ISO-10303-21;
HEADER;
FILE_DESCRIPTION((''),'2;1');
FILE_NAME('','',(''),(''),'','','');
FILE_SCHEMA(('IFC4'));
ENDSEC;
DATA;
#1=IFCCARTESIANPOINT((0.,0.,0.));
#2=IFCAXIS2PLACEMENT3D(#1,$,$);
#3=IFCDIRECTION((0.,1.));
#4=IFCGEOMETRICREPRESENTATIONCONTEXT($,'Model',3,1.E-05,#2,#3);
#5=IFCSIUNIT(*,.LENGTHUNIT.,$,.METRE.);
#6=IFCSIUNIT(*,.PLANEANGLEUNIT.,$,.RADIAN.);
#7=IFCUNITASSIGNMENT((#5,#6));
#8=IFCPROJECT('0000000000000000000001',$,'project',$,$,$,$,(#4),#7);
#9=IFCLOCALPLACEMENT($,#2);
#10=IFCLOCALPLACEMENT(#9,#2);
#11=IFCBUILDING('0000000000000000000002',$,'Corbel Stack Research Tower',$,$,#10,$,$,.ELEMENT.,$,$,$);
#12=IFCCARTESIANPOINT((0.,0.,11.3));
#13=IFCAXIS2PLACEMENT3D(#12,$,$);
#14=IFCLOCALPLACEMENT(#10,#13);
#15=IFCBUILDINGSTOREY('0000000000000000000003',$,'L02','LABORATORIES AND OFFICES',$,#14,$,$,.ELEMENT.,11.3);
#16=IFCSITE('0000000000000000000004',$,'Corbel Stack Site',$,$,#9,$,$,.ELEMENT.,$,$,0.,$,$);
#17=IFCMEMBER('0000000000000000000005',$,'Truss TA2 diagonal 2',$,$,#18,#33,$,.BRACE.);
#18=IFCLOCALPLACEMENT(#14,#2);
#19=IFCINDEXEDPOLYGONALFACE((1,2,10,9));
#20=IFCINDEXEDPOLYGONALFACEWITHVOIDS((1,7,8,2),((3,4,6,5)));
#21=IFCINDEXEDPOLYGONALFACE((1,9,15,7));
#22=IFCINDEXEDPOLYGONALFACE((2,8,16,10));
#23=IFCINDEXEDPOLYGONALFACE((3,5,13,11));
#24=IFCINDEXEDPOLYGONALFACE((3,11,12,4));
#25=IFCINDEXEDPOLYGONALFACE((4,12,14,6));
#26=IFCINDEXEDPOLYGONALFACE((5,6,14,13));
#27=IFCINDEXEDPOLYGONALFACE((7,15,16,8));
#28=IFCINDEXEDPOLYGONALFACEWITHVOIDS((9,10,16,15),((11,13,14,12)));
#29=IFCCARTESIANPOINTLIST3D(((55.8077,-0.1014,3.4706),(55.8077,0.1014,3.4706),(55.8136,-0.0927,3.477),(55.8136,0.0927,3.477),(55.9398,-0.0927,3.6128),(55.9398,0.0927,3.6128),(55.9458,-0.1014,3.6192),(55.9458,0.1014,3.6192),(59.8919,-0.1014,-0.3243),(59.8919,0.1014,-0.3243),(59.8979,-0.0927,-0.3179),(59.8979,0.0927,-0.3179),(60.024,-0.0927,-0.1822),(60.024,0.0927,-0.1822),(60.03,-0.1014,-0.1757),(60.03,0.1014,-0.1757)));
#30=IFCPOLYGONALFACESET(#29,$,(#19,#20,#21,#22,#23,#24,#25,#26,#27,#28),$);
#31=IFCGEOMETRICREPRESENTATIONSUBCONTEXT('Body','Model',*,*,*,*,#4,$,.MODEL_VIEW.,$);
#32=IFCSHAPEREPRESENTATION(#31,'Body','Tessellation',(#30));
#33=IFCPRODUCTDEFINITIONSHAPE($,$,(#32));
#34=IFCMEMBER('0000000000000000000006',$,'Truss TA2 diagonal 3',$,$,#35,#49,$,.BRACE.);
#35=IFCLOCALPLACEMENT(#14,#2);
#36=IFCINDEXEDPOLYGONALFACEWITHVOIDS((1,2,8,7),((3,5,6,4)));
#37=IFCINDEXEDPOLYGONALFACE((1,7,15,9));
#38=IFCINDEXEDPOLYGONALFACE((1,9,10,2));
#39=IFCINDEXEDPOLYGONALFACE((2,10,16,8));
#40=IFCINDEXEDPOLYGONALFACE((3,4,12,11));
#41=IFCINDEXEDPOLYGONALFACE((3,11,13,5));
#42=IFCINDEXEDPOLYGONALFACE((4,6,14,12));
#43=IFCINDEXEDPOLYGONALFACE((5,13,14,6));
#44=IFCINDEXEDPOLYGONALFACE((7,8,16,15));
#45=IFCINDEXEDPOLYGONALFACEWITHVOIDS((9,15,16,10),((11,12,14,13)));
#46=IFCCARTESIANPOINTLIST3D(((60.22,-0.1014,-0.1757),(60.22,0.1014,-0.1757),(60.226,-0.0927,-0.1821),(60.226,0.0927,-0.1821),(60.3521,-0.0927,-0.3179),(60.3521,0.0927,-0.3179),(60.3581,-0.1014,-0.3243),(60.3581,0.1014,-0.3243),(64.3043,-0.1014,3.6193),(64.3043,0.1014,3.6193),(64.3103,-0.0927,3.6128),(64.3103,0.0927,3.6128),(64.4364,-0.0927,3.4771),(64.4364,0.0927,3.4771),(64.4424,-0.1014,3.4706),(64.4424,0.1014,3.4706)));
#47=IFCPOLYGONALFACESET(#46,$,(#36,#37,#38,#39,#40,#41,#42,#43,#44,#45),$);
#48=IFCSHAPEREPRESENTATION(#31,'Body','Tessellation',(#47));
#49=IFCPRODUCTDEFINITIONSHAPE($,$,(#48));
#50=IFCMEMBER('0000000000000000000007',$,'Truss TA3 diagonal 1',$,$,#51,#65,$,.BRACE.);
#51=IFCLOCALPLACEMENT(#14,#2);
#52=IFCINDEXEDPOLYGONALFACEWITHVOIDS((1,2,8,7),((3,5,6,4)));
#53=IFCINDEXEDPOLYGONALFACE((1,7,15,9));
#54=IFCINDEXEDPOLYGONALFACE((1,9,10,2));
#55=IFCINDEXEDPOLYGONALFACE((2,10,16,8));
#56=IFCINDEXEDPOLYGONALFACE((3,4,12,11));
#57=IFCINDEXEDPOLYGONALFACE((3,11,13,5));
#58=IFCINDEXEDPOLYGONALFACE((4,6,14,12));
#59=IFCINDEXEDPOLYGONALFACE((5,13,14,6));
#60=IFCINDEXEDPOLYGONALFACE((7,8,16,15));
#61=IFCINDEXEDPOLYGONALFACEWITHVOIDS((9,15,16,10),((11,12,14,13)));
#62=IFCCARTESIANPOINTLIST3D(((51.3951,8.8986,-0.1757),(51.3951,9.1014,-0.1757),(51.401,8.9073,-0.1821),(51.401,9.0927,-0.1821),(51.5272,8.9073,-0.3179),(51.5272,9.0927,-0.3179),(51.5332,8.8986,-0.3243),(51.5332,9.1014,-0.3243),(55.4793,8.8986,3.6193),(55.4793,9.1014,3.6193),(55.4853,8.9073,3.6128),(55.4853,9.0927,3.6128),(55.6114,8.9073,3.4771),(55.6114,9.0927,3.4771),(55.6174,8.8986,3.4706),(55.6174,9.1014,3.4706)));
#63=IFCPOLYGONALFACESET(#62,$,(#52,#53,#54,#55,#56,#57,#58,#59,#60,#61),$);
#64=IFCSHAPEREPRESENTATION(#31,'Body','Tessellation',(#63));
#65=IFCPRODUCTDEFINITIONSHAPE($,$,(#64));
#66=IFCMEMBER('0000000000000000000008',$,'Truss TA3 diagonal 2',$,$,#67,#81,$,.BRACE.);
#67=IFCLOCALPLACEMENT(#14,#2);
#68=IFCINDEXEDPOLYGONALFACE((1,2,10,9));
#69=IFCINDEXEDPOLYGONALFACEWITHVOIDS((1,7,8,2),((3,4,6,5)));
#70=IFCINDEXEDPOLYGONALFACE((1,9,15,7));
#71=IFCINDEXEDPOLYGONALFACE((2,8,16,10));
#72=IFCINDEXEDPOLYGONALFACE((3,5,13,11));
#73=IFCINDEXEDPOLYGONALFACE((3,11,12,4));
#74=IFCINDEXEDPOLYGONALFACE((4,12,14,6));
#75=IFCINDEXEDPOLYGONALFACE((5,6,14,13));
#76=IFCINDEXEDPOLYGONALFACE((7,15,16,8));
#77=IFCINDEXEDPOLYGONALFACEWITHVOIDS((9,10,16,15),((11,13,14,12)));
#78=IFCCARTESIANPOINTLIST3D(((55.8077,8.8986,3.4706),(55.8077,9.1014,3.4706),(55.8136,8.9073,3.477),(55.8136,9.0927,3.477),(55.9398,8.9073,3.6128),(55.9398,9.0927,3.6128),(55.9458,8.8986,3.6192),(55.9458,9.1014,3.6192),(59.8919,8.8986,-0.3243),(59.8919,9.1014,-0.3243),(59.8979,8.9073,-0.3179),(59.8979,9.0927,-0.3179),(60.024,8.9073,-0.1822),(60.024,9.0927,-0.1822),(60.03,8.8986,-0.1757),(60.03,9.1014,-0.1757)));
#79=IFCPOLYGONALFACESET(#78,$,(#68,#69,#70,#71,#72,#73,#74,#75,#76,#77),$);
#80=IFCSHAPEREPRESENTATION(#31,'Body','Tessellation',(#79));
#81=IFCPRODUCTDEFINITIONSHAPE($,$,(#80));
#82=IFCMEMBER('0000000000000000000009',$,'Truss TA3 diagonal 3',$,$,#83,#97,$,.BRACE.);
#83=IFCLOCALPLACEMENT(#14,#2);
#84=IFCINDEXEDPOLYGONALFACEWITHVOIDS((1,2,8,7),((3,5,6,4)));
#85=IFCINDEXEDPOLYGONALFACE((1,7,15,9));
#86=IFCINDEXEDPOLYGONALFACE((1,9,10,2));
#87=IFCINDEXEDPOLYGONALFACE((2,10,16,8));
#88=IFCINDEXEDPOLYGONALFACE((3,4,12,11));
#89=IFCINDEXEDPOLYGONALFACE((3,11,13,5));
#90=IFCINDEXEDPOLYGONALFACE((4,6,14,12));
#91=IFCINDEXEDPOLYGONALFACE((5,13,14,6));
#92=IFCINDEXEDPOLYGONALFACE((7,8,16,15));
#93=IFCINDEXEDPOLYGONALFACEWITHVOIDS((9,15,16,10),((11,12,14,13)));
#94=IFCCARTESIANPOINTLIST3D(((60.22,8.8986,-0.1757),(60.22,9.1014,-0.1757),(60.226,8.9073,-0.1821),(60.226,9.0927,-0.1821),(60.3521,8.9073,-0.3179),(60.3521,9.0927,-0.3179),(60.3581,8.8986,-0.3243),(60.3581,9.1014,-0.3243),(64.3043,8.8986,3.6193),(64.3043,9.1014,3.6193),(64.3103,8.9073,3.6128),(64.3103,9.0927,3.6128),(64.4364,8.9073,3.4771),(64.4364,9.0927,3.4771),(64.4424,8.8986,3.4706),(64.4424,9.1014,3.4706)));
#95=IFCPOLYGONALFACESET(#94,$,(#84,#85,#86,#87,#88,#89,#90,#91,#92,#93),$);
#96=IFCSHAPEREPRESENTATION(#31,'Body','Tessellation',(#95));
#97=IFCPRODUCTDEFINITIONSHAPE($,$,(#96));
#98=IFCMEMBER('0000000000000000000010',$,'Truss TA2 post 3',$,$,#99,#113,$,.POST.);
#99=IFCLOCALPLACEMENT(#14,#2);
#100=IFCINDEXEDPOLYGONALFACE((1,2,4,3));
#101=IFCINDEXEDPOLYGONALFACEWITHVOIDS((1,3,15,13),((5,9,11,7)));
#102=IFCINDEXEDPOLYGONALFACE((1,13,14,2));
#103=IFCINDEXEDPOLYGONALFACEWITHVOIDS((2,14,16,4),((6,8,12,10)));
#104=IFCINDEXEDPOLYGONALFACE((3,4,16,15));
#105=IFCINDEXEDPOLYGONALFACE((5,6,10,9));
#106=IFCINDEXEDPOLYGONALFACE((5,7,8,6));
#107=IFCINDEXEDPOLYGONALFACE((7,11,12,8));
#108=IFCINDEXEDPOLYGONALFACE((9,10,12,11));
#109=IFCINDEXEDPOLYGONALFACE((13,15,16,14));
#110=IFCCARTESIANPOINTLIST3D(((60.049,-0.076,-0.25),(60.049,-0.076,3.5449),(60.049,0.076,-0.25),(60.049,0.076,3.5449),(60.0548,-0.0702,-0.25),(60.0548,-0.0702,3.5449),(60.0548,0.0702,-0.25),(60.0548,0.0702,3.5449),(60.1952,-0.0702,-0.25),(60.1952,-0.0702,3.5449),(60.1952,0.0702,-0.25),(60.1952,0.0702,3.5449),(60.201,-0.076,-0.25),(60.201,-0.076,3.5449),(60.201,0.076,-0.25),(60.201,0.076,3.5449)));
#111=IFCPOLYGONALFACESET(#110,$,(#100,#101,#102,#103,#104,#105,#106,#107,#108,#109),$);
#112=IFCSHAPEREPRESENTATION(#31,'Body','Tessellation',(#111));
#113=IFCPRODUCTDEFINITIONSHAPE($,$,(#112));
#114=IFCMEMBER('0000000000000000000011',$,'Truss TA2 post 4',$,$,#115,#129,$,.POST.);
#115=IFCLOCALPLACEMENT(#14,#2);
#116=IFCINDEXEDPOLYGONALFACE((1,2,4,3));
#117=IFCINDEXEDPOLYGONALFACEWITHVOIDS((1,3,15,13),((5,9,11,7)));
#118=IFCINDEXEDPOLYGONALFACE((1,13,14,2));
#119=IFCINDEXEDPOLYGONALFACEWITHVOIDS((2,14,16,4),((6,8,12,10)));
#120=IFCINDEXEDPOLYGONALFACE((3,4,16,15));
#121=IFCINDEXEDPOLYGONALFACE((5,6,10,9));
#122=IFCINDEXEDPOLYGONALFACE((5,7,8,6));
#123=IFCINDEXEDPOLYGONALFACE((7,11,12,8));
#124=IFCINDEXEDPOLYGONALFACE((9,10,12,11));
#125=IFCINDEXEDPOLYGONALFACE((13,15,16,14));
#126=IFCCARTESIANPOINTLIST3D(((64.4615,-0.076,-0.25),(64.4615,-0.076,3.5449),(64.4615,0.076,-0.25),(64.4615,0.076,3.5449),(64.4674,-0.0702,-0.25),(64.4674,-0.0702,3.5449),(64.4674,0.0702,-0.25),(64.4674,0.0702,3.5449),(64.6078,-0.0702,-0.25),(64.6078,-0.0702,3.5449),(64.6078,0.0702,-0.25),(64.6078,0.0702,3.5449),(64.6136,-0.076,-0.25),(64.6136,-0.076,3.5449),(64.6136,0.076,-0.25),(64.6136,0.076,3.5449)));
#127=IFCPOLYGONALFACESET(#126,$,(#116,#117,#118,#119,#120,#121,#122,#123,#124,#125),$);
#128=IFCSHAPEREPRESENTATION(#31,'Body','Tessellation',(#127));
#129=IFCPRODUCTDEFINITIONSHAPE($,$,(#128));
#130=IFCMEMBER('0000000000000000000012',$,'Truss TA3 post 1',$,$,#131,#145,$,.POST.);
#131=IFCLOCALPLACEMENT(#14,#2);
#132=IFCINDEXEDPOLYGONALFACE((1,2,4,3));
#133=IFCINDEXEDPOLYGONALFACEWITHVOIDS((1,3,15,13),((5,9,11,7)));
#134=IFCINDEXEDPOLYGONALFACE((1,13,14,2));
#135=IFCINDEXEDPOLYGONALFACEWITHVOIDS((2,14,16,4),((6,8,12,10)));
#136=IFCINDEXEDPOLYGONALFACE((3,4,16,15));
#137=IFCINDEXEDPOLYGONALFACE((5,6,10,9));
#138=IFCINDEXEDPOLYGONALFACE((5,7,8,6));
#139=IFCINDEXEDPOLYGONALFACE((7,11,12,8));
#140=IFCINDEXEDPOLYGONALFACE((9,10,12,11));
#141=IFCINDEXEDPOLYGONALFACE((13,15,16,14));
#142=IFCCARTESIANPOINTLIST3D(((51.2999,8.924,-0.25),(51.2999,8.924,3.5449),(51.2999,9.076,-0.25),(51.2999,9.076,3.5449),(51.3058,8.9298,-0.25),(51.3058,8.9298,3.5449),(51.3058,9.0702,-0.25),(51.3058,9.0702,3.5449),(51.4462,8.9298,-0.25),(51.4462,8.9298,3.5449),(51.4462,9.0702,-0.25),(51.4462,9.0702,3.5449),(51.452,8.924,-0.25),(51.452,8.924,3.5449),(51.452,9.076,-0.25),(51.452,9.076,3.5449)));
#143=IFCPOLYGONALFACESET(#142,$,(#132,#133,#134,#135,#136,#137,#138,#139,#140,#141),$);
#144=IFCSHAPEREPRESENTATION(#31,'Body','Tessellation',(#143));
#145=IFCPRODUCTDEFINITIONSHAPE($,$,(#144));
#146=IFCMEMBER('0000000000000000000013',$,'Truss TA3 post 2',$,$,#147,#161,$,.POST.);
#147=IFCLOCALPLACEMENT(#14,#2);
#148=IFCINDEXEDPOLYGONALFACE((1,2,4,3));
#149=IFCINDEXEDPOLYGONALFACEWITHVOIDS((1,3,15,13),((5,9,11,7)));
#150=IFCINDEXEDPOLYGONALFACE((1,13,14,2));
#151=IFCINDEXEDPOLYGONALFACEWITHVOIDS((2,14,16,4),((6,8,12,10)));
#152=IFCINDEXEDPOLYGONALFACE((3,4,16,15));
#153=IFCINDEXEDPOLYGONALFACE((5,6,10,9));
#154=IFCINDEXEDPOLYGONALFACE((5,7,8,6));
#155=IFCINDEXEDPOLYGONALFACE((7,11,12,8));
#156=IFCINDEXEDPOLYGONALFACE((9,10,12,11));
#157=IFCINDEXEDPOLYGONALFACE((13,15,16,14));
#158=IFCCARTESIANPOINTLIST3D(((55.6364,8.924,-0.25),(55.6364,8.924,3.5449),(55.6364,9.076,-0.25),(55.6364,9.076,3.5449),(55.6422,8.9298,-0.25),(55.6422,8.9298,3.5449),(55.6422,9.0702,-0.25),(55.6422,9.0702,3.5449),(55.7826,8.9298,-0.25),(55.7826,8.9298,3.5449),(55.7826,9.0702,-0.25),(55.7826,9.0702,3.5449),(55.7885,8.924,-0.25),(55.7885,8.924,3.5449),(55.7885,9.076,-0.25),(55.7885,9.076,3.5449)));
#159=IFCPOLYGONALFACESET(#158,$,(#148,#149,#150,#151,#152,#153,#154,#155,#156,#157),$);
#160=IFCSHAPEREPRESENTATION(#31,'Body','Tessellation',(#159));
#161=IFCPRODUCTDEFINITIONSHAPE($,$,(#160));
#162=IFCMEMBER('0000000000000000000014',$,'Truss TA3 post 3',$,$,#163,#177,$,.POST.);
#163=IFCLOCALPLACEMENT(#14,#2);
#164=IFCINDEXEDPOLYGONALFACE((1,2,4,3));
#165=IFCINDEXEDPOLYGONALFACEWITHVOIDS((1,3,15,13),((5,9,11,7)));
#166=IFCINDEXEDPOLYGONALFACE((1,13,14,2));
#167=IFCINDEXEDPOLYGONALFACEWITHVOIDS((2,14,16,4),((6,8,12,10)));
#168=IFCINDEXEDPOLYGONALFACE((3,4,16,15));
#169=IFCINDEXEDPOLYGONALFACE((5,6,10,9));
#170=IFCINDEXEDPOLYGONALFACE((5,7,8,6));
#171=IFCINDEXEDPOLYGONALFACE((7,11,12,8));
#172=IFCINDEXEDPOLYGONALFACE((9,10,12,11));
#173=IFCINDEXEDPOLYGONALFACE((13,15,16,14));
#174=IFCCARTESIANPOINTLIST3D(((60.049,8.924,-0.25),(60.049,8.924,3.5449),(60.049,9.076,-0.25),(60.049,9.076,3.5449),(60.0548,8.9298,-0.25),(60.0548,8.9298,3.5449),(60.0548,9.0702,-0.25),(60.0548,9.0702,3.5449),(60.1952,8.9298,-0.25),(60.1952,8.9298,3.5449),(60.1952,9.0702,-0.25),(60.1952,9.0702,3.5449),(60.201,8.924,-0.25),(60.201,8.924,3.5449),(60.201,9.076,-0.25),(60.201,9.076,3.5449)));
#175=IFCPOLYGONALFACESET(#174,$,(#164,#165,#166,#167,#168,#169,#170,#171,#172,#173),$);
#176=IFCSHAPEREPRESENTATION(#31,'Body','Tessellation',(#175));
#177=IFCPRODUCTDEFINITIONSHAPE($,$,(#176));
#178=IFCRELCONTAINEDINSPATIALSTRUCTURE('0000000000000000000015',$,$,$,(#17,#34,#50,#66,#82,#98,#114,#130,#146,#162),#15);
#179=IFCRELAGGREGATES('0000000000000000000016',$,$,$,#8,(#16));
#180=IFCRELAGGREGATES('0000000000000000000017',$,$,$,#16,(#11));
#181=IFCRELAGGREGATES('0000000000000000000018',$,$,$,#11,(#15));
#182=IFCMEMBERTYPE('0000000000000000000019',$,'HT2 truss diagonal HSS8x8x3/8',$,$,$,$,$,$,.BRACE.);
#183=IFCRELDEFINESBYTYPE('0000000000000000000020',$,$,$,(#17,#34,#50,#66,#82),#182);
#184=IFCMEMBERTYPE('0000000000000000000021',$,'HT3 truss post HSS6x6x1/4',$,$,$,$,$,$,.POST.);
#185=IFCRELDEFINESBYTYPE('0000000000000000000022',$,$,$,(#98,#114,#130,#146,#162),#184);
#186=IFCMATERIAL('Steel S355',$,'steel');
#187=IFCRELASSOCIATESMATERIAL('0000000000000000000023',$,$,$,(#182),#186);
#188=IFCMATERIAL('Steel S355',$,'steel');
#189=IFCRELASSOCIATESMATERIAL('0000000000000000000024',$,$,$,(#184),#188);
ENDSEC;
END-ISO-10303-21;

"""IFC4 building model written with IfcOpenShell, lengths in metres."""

from ifc_helpers import new_model, si_unit, direction, frame, origin, origin_2d, place, context, subcontext, project, spatial, hollow_rectangle, extrude, material, material_profile, profile_set, type_object, element, save


model = new_model("IFC4")

# Units and contexts
model_context = context("Model", 3, precision=1e-05, world=origin(), true_north=direction((0.0, 1.0)))
body_context = subcontext(model_context, "Body", "Model", "MODEL_VIEW")
ifc_project = project(units=[si_unit("LENGTHUNIT", "METRE"), si_unit("PLANEANGLEUNIT", "RADIAN")], contexts=[model_context])

# Site, building, storey
site_placement = place(None, origin())
site = spatial("IfcSite", under=ifc_project, at=site_placement, Name="Corbel Stack Site", CompositionType="ELEMENT", RefElevation=0.0)
building_placement = place(site_placement, origin())
building = spatial("IfcBuilding", under=site, at=building_placement, Name="Corbel Stack Research Tower", CompositionType="ELEMENT")
storey_placement = place(building_placement, frame((0.0, 0.0, 11.3)))
storey = spatial("IfcBuildingStorey", under=building, at=storey_placement, Name="L02", Description="LABORATORIES AND OFFICES", CompositionType="ELEMENT", Elevation=11.3)

# Members
ifc_material_1 = material(Name="Steel S355", Category="steel")
ifc_material_profile_1 = material_profile(ifc_material_1, hollow_rectangle(XDim=0.2029, YDim=0.2029, WallThickness=0.0088, at=origin_2d()), Name="HSS8x8x3/8")
ifc_profile_set_1 = profile_set([ifc_material_profile_1], Name="Steel S355")
member_type_1 = type_object("IfcMemberType", Name="HT2 truss diagonal HSS8x8x3/8", PredefinedType="BRACE", material=ifc_profile_set_1)
for number, where, z_axis, x_axis, name in (
    (1, (55.8767, 0.0, 3.5449), (0.732577, 0.0, -0.680685), (0.0, 1.0, 0.0), "Truss TA2 diagonal 2"),
    (2, (60.2891, 0.0, -0.25), (0.732577, 0.0, 0.680685), (0.0, 1.0, 0.0), "Truss TA2 diagonal 3"),
    (3, (51.4641, 9.0, -0.25), (0.732577, 0.0, 0.680685), (0.0, 1.0, 0.0), "Truss TA3 diagonal 1"),
    (4, (55.8767, 9.0, 3.5449), (0.732577, 0.0, -0.680685), (0.0, 1.0, 0.0), "Truss TA3 diagonal 2"),
    (5, (60.2891, 9.0, -0.25), (0.732577, 0.0, 0.680685), (0.0, 1.0, 0.0), "Truss TA3 diagonal 3"),
):
    element("IfcMember", number, at=place(storey_placement, frame(where, z_axis=z_axis, x_axis=x_axis)), inside=storey, type_object=member_type_1, Name=name, PredefinedType="BRACE", context=body_context, shape_type="SweptSolid", body=[
        extrude(hollow_rectangle(XDim=0.2029, YDim=0.2029, WallThickness=0.0088, at=origin_2d()), origin(), (0.0, 0.0, 1.0), 5.5752),
    ])
ifc_material_2 = material(Name="Steel S355", Category="steel")
ifc_material_profile_2 = material_profile(ifc_material_2, hollow_rectangle(XDim=0.1521, YDim=0.1521, WallThickness=0.0059, at=origin_2d()), Name="HSS6x6x1/4")
ifc_profile_set_2 = profile_set([ifc_material_profile_2], Name="Steel S355")
member_type_2 = type_object("IfcMemberType", Name="HT3 truss post HSS6x6x1/4", PredefinedType="POST", material=ifc_profile_set_2)
for number, where, z_axis, x_axis, name in (
    (6, (60.125, 0.0, -0.25), (0.0, 0.0, 1.0), (1.0, 0.0, 0.0), "Truss TA2 post 3"),
    (7, (64.5376, 0.0, -0.25), (0.0, 0.0, 1.0), (1.0, 0.0, 0.0), "Truss TA2 post 4"),
    (8, (51.376, 9.0, -0.25), (0.0, 0.0, 1.0), (1.0, 0.0, 0.0), "Truss TA3 post 1"),
    (9, (55.7124, 9.0, -0.25), (0.0, 0.0, 1.0), (1.0, 0.0, 0.0), "Truss TA3 post 2"),
    (10, (60.125, 9.0, -0.25), (0.0, 0.0, 1.0), (1.0, 0.0, 0.0), "Truss TA3 post 3"),
):
    element("IfcMember", number, at=place(storey_placement, frame(where, z_axis=z_axis, x_axis=x_axis)), inside=storey, type_object=member_type_2, Name=name, PredefinedType="POST", context=body_context, shape_type="SweptSolid", body=[
        extrude(hollow_rectangle(XDim=0.1521, YDim=0.1521, WallThickness=0.0059, at=origin_2d()), origin(), (0.0, 0.0, 1.0), 3.7949),
    ])

save(model, "model.ifc")
